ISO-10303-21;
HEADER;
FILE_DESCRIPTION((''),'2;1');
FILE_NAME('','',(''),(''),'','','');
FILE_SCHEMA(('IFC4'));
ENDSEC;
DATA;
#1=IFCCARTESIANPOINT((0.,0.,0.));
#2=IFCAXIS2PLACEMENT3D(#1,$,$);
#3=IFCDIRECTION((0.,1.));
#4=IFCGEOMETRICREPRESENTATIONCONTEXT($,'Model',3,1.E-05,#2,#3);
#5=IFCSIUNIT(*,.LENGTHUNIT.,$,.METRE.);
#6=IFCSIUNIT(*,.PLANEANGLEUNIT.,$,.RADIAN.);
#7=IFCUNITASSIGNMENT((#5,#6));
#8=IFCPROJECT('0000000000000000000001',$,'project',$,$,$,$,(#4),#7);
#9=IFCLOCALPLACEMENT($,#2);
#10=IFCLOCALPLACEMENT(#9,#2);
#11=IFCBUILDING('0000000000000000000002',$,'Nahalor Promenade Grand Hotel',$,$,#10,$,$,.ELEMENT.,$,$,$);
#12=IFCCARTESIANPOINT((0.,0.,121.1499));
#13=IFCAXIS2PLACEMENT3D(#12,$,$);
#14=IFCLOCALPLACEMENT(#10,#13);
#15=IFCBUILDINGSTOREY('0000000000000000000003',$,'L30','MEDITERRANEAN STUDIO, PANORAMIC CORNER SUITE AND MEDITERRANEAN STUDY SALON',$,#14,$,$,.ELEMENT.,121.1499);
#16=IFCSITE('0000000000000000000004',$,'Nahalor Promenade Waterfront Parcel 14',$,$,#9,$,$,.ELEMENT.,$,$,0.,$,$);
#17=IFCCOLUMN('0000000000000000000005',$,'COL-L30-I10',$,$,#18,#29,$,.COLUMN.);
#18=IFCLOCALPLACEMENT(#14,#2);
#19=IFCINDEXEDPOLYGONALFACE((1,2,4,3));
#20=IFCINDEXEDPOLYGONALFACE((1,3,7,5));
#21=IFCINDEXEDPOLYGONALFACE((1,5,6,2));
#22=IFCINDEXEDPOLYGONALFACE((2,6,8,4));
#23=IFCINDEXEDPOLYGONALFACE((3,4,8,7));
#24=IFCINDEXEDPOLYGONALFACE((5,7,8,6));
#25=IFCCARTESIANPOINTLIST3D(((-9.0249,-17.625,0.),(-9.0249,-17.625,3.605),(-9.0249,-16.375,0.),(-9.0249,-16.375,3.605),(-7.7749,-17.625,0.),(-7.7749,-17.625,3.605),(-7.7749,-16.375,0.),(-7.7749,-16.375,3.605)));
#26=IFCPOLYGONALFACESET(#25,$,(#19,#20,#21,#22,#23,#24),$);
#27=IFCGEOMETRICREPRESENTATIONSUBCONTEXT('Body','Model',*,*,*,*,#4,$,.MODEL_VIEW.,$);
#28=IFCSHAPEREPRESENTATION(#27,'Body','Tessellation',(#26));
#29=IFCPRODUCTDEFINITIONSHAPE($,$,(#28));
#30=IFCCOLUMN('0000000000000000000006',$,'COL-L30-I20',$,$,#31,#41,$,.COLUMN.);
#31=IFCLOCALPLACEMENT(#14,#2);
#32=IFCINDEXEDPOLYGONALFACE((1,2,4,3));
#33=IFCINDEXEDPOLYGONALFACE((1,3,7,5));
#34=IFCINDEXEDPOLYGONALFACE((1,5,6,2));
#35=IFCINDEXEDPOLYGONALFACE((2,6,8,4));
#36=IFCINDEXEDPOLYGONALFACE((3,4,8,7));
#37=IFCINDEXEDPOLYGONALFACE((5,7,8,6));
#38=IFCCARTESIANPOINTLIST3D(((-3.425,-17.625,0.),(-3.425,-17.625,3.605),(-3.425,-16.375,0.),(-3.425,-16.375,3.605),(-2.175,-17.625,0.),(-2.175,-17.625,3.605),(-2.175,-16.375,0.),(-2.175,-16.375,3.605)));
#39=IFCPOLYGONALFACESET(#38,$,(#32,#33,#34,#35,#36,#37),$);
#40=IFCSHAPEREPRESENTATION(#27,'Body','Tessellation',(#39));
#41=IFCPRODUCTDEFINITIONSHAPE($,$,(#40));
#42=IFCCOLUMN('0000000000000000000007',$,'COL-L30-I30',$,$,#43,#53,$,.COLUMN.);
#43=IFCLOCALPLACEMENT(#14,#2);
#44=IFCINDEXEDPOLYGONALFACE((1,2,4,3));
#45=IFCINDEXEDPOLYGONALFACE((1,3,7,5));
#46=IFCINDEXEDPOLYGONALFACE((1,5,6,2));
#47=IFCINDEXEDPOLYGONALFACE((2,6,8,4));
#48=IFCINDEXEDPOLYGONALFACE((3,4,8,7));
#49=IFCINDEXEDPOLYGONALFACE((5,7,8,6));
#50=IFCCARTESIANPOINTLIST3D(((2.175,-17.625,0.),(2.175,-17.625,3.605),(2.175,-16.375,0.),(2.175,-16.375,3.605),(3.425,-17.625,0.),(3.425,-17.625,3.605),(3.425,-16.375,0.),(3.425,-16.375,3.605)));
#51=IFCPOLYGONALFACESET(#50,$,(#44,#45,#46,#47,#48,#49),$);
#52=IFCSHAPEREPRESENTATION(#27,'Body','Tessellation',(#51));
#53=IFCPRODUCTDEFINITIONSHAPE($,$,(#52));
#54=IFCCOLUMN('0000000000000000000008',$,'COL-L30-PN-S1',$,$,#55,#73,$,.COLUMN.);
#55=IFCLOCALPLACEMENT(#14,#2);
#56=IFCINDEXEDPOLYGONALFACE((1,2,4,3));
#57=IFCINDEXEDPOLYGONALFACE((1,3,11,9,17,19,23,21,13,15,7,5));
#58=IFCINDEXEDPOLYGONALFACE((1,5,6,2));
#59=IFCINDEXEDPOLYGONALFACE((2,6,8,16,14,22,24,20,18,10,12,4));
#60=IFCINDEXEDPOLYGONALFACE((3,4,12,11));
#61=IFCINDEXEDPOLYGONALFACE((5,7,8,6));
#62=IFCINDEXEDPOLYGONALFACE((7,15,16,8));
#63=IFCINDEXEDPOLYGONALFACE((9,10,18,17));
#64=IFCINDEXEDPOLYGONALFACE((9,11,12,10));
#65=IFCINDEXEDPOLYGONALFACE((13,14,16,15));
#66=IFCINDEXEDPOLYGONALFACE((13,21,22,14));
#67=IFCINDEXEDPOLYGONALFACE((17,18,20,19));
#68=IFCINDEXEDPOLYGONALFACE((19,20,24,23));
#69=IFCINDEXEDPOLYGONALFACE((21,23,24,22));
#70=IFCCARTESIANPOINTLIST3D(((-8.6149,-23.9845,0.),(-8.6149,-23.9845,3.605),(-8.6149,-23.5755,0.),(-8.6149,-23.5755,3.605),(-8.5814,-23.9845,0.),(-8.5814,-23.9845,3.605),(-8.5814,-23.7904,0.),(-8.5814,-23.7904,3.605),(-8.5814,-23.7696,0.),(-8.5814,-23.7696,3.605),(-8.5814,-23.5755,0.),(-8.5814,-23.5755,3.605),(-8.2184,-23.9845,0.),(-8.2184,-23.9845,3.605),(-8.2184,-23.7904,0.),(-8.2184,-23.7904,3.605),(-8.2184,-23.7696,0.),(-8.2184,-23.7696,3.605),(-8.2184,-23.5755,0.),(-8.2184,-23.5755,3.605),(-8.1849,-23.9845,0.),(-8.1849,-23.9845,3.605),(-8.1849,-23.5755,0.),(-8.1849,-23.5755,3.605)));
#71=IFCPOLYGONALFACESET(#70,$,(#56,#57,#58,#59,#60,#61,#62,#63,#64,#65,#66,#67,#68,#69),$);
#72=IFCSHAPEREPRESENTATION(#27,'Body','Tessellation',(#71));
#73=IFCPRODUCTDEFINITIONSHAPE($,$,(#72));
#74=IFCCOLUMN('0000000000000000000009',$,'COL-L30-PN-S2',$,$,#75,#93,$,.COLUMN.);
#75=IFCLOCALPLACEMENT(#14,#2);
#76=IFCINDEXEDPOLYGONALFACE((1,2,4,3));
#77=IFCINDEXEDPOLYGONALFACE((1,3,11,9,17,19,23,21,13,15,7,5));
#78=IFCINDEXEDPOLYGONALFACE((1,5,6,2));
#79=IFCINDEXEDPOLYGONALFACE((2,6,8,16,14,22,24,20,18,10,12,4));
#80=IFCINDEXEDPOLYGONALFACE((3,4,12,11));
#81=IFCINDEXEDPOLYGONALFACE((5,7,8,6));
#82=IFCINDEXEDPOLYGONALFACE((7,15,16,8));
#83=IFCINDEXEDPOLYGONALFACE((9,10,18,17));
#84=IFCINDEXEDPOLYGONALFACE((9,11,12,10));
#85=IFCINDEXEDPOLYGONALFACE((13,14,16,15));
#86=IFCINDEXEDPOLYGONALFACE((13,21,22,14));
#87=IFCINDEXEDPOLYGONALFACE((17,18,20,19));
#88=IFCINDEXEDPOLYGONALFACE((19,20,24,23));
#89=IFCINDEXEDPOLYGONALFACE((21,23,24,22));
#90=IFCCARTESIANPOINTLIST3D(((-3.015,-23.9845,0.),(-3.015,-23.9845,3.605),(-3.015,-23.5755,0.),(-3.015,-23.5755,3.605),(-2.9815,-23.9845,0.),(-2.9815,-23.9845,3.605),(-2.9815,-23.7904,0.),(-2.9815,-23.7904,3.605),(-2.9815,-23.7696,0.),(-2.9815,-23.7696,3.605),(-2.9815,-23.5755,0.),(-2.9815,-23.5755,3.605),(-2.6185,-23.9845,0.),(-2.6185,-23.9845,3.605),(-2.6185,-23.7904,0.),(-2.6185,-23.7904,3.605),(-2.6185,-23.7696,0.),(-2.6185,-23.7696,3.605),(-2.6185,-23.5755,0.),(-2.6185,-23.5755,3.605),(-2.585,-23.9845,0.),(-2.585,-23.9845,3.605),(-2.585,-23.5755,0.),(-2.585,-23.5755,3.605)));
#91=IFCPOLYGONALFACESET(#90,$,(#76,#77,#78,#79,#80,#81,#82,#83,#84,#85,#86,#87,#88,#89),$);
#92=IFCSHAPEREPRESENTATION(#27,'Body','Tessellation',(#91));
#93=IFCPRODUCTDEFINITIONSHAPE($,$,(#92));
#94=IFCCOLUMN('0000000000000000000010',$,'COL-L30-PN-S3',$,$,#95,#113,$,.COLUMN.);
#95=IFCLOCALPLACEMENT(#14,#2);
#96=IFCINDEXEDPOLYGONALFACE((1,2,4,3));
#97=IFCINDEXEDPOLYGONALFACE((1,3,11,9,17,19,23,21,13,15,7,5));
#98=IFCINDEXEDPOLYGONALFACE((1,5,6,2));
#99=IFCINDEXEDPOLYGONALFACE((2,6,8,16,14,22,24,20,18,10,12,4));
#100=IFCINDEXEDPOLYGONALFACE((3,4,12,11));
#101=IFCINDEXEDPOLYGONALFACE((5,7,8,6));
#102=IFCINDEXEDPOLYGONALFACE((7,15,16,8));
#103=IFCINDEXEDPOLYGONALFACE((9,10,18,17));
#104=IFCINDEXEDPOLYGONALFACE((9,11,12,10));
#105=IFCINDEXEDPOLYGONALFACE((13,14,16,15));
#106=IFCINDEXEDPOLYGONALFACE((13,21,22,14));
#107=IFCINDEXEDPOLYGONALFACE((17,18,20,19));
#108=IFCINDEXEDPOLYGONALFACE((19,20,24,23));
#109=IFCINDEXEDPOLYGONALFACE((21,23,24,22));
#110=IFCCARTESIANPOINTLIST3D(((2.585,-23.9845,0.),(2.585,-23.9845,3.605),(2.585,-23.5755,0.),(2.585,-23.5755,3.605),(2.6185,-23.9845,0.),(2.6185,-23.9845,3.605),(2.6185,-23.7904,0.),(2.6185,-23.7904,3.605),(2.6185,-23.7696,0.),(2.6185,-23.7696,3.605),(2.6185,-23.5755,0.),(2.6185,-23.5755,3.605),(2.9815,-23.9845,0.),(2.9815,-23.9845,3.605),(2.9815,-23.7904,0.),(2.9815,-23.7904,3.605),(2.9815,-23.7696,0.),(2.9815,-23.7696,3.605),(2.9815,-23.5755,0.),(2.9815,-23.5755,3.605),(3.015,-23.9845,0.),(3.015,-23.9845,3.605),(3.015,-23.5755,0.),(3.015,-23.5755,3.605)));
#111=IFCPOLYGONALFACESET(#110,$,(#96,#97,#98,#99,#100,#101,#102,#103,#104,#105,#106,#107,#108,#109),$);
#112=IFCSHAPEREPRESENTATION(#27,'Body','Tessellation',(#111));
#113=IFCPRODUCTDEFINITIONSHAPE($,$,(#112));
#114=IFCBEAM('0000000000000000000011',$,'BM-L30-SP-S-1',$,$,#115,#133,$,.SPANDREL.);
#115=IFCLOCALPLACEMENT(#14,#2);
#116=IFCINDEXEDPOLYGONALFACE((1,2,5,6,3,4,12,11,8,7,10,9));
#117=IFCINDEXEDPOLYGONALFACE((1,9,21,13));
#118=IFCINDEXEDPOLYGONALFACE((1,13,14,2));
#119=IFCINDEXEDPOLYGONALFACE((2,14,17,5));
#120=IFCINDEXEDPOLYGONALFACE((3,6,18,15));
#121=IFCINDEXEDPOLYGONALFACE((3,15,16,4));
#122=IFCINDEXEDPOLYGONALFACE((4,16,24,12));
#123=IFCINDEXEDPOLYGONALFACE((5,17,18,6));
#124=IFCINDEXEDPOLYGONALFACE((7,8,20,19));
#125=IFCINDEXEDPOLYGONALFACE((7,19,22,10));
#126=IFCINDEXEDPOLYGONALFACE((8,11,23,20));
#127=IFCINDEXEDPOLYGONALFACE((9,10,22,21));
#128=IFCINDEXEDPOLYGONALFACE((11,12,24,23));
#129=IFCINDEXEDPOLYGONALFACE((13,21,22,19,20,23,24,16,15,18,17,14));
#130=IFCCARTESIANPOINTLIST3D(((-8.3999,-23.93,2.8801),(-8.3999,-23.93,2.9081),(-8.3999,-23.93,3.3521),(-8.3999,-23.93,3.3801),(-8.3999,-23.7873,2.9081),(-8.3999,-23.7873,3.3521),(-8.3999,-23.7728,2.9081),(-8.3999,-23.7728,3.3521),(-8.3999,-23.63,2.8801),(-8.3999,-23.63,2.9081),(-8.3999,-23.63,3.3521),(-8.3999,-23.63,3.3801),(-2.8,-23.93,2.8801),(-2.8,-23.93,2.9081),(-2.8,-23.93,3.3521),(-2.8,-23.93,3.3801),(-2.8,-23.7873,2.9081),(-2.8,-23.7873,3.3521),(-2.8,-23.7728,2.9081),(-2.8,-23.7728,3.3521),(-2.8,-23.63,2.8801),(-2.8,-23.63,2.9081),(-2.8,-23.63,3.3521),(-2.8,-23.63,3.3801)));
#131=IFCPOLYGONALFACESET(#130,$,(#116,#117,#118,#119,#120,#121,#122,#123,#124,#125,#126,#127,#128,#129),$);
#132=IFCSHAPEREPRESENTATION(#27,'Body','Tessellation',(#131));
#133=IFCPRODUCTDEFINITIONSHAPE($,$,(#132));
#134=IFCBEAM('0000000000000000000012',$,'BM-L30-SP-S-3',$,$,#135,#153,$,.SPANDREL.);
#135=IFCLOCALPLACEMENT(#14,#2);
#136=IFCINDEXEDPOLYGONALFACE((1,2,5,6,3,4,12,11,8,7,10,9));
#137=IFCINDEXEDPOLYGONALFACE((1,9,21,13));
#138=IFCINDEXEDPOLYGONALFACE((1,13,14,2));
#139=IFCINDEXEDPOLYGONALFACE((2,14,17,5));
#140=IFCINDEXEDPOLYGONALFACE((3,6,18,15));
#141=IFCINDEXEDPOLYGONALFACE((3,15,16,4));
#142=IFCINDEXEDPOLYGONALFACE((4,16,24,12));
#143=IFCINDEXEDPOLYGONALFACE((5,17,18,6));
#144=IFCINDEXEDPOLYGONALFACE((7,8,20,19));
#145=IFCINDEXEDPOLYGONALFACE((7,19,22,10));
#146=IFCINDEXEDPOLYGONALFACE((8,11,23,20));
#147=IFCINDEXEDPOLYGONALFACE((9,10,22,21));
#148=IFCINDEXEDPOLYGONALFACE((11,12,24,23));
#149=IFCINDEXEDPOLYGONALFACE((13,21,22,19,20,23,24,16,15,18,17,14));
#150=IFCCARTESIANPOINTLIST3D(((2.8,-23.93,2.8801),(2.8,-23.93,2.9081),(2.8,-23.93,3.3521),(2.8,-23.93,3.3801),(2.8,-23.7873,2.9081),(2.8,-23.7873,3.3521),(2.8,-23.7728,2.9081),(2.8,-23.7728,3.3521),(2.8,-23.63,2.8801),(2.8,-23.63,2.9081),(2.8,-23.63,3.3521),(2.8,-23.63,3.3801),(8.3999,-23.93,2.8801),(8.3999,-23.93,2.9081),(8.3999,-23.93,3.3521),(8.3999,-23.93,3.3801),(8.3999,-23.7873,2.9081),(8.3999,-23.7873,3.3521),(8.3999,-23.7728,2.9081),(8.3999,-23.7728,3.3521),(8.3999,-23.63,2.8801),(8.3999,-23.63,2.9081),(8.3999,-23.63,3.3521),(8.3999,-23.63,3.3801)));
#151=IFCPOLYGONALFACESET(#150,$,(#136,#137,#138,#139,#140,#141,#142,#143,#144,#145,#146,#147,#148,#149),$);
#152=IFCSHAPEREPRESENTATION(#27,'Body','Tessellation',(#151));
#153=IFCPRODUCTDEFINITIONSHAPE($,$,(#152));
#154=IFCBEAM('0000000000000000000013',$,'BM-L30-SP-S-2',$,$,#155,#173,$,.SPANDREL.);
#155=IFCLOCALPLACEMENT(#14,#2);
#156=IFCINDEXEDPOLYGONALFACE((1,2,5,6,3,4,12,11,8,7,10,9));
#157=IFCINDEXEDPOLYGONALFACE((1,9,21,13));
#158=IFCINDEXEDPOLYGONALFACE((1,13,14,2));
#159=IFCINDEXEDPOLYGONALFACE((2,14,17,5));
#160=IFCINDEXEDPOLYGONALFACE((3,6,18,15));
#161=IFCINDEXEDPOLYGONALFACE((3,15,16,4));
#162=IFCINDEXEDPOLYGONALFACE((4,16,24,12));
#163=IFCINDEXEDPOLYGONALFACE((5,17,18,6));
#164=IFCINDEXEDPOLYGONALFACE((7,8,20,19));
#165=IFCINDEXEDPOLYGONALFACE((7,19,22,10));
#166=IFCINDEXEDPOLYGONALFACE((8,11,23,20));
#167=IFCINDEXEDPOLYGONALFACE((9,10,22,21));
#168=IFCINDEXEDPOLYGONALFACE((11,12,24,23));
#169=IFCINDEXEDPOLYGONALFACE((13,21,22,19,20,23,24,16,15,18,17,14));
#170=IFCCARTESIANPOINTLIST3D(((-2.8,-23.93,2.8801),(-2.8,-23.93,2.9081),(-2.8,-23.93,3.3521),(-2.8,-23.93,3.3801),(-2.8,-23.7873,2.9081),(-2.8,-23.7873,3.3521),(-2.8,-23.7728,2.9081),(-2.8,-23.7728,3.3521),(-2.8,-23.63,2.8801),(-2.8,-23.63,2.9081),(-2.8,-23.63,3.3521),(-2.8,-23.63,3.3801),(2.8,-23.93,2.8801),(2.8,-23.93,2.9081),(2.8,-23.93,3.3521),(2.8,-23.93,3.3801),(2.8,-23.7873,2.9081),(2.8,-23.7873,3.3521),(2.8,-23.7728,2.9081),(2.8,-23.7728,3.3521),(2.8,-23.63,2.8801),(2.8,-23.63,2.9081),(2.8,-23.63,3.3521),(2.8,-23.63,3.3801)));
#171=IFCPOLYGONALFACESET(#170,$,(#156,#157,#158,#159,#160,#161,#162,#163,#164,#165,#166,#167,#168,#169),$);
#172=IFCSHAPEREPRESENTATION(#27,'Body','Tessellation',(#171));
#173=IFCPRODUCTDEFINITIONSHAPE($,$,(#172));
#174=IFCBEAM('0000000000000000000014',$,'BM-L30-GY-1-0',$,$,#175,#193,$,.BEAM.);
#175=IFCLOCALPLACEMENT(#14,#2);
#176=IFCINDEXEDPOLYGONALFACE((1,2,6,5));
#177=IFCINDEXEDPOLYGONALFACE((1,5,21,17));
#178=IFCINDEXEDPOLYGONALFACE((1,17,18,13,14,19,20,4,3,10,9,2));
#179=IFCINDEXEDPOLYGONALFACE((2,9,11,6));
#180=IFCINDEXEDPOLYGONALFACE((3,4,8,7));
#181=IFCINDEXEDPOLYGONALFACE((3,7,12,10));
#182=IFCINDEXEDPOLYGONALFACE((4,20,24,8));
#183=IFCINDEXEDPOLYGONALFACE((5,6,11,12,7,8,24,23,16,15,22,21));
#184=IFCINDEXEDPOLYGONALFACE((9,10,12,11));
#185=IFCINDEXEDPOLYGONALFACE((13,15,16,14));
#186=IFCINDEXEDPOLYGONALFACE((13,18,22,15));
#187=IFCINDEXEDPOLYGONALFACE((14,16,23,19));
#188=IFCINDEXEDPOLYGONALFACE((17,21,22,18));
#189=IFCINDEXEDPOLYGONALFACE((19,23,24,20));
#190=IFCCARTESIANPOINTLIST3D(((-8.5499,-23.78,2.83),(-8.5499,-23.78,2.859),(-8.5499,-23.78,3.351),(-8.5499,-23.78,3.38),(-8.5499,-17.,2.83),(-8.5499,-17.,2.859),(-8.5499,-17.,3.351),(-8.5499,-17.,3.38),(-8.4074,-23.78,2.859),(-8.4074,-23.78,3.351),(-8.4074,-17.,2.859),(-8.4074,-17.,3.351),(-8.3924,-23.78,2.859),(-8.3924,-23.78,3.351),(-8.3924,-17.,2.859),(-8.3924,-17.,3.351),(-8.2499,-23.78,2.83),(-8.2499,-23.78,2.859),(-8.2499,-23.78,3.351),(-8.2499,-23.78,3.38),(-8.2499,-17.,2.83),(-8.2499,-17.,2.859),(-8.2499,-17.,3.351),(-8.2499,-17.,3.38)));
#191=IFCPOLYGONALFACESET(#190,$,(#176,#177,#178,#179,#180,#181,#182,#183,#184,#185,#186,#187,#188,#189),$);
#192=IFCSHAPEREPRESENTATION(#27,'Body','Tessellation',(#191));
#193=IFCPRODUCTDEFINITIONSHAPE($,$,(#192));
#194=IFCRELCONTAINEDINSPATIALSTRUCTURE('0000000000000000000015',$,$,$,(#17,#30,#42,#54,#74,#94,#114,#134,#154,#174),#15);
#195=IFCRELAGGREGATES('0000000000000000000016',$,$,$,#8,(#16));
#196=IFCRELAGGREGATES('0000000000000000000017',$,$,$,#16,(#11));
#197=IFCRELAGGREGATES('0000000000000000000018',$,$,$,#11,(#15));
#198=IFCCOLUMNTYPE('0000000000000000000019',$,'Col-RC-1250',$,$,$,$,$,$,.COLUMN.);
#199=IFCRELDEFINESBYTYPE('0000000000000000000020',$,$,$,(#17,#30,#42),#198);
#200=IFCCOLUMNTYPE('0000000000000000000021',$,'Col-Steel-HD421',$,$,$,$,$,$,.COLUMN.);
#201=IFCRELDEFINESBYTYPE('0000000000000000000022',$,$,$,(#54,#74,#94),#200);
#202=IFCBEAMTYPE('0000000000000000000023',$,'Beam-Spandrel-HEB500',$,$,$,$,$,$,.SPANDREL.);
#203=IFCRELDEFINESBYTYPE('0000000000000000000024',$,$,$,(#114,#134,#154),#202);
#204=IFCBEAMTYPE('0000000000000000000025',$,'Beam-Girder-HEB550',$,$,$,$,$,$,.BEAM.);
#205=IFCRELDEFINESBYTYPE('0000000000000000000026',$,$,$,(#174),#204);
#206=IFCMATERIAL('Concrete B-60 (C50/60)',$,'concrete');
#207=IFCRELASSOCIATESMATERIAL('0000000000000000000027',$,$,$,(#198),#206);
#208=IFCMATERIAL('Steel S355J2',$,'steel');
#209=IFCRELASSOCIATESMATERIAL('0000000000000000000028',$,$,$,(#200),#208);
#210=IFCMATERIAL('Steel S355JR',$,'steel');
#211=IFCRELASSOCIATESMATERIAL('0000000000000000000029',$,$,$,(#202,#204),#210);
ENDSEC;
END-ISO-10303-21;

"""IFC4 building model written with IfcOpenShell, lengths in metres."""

from ifc_helpers import new_model, si_unit, direction, frame, origin, origin_2d, place, context, subcontext, project, spatial, rectangle, i_section, extrude, source, transform, mapped, material, material_profile, profile_set, type_object, element, save


model = new_model("IFC4")

# Units and contexts
model_context = context("Model", 3, precision=1e-05, world=origin(), true_north=direction((0.0, 1.0)))
body_context = subcontext(model_context, "Body", "Model", "MODEL_VIEW")
ifc_project = project(units=[si_unit("LENGTHUNIT", "METRE"), si_unit("PLANEANGLEUNIT", "RADIAN")], contexts=[model_context])

# Site, building, storey
site_placement = place(None, origin())
site = spatial("IfcSite", under=ifc_project, at=site_placement, Name="Nahalor Promenade Waterfront Parcel 14", CompositionType="ELEMENT", RefElevation=0.0)
building_placement = place(site_placement, origin())
building = spatial("IfcBuilding", under=site, at=building_placement, Name="Nahalor Promenade Grand Hotel", CompositionType="ELEMENT")
storey_placement = place(building_placement, frame((0.0, 0.0, 121.1499)))
storey = spatial("IfcBuildingStorey", under=building, at=storey_placement, Name="L30", Description="MEDITERRANEAN STUDIO, PANORAMIC CORNER SUITE AND MEDITERRANEAN STUDY SALON", CompositionType="ELEMENT", Elevation=121.1499)

# Columns
ifc_material_1 = material(Name="Concrete B-60 (C50/60)", Category="concrete")
ifc_material_profile_1 = material_profile(ifc_material_1, rectangle(XDim=1.25, YDim=1.25, at=origin_2d()), Name="RC 1250x1250")
ifc_profile_set_1 = profile_set([ifc_material_profile_1], Name="Concrete B-60 (C50/60)")
column_type_1 = type_object("IfcColumnType", Name="Col-RC-1250", PredefinedType="COLUMN", material=ifc_profile_set_1)
shared_shape_1 = source(origin(), body_context, "Body", "SweptSolid", [
    extrude(rectangle(XDim=1.25, YDim=1.25, at=origin_2d()), origin(), (0.0, 0.0, 1.0), 3.605),
])
for number, where, z_axis, x_axis, name in (
    (1, (-8.3999, -17.0, 0.0), (0.0, 0.0, 1.0), (1.0, 0.0, 0.0), "COL-L30-I10"),
    (2, (-2.8, -17.0, 0.0), (0.0, 0.0, 1.0), (1.0, 0.0, 0.0), "COL-L30-I20"),
    (3, (2.8, -17.0, 0.0), (0.0, 0.0, 1.0), (1.0, 0.0, 0.0), "COL-L30-I30"),
):
    element("IfcColumn", number, at=place(storey_placement, frame(where, z_axis=z_axis, x_axis=x_axis)), inside=storey, type_object=column_type_1, Name=name, PredefinedType="COLUMN", context=body_context, shape_type="MappedRepresentation", body=[
        mapped(shared_shape_1, transform((0.0, 0.0, 0.0), scale=1.0)),
    ])
ifc_material_2 = material(Name="Steel S355J2", Category="steel")
ifc_material_profile_2 = material_profile(ifc_material_2, i_section(OverallWidth=0.409, OverallDepth=0.43, WebThickness=0.0208, FlangeThickness=0.0335, at=origin_2d()), Name="HD 400x421")
ifc_profile_set_2 = profile_set([ifc_material_profile_2], Name="Steel S355J2")
column_type_2 = type_object("IfcColumnType", Name="Col-Steel-HD421", PredefinedType="COLUMN", material=ifc_profile_set_2)
shared_shape_2 = source(origin(), body_context, "Body", "SweptSolid", [
    extrude(i_section(OverallWidth=0.409, OverallDepth=0.43, WebThickness=0.0208, FlangeThickness=0.0335, at=origin_2d()), origin(), (0.0, 0.0, 1.0), 3.605),
])
for number, where, z_axis, x_axis, name in (
    (4, (-8.3999, -23.78, 0.0), (0.0, 0.0, 1.0), (0.0, 1.0, 0.0), "COL-L30-PN-S1"),
    (5, (-2.8, -23.78, 0.0), (0.0, 0.0, 1.0), (0.0, 1.0, 0.0), "COL-L30-PN-S2"),
    (6, (2.8, -23.78, 0.0), (0.0, 0.0, 1.0), (0.0, 1.0, 0.0), "COL-L30-PN-S3"),
):
    element("IfcColumn", number, at=place(storey_placement, frame(where, z_axis=z_axis, x_axis=x_axis)), inside=storey, type_object=column_type_2, Name=name, PredefinedType="COLUMN", context=body_context, shape_type="MappedRepresentation", body=[
        mapped(shared_shape_2, transform((0.0, 0.0, 0.0), scale=1.0)),
    ])

# Beams
ifc_material_3 = material(Name="Steel S355JR", Category="steel")
ifc_material_profile_3 = material_profile(ifc_material_3, i_section(OverallWidth=0.3, OverallDepth=0.5, WebThickness=0.0145, FlangeThickness=0.028, at=origin_2d()), Name="HEB 500")
ifc_profile_set_3 = profile_set([ifc_material_profile_3], Name="Steel S355JR")
beam_type_1 = type_object("IfcBeamType", Name="Beam-Spandrel-HEB500", PredefinedType="SPANDREL", material=ifc_profile_set_3)
shared_shape_3 = source(origin(), body_context, "Body", "SweptSolid", [
    extrude(i_section(OverallWidth=0.3, OverallDepth=0.5, WebThickness=0.0145, FlangeThickness=0.028, at=origin_2d()), origin(), (0.0, 0.0, 1.0), 5.5999),
])
for number, where, z_axis, x_axis, name in (
    (7, (-8.3999, -23.78, 3.1301), (1.0, 0.0, 0.0), (0.0, 1.0, 0.0), "BM-L30-SP-S-1"),
    (8, (2.8, -23.78, 3.1301), (1.0, 0.0, 0.0), (0.0, 1.0, 0.0), "BM-L30-SP-S-3"),
):
    element("IfcBeam", number, at=place(storey_placement, frame(where, z_axis=z_axis, x_axis=x_axis)), inside=storey, type_object=beam_type_1, Name=name, PredefinedType="SPANDREL", context=body_context, shape_type="MappedRepresentation", body=[
        mapped(shared_shape_3, transform((0.0, 0.0, 0.0), scale=1.0)),
    ])
shared_shape_4 = source(origin(), body_context, "Body", "SweptSolid", [
    extrude(i_section(OverallWidth=0.3, OverallDepth=0.5, WebThickness=0.0145, FlangeThickness=0.028, at=origin_2d()), origin(), (0.0, 0.0, 1.0), 5.6001),
])
beam_1_placement = place(storey_placement, frame((-2.8, -23.78, 3.1301), z_axis=(1.0, 0.0, 0.0), x_axis=(0.0, 1.0, 0.0)))
element("IfcBeam", 9, at=beam_1_placement, inside=storey, type_object=beam_type_1, Name="BM-L30-SP-S-2", PredefinedType="SPANDREL", context=body_context, shape_type="MappedRepresentation", body=[
    mapped(shared_shape_4, transform((0.0, 0.0, 0.0), scale=1.0)),
])
ifc_material_profile_4 = material_profile(ifc_material_3, i_section(OverallWidth=0.3, OverallDepth=0.55, WebThickness=0.015, FlangeThickness=0.029, at=origin_2d()), Name="HEB 550")
ifc_profile_set_4 = profile_set([ifc_material_profile_4], Name="Steel S355JR")
beam_type_2 = type_object("IfcBeamType", Name="Beam-Girder-HEB550", PredefinedType="BEAM", material=ifc_profile_set_4)
shared_shape_5 = source(origin(), body_context, "Body", "SweptSolid", [
    extrude(i_section(OverallWidth=0.3, OverallDepth=0.55, WebThickness=0.015, FlangeThickness=0.029, at=origin_2d()), origin(), (0.0, 0.0, 1.0), 6.78),
])
for number, where, z_axis, x_axis, name in (
    (10, (-8.3999, -23.78, 3.105), (0.0, 1.0, 0.0), (-1.0, 0.0, 0.0), "BM-L30-GY-1-0"),
):
    element("IfcBeam", number, at=place(storey_placement, frame(where, z_axis=z_axis, x_axis=x_axis)), inside=storey, type_object=beam_type_2, Name=name, PredefinedType="BEAM", context=body_context, shape_type="MappedRepresentation", body=[
        mapped(shared_shape_5, transform((0.0, 0.0, 0.0), scale=1.0)),
    ])

save(model, "model.ifc")
